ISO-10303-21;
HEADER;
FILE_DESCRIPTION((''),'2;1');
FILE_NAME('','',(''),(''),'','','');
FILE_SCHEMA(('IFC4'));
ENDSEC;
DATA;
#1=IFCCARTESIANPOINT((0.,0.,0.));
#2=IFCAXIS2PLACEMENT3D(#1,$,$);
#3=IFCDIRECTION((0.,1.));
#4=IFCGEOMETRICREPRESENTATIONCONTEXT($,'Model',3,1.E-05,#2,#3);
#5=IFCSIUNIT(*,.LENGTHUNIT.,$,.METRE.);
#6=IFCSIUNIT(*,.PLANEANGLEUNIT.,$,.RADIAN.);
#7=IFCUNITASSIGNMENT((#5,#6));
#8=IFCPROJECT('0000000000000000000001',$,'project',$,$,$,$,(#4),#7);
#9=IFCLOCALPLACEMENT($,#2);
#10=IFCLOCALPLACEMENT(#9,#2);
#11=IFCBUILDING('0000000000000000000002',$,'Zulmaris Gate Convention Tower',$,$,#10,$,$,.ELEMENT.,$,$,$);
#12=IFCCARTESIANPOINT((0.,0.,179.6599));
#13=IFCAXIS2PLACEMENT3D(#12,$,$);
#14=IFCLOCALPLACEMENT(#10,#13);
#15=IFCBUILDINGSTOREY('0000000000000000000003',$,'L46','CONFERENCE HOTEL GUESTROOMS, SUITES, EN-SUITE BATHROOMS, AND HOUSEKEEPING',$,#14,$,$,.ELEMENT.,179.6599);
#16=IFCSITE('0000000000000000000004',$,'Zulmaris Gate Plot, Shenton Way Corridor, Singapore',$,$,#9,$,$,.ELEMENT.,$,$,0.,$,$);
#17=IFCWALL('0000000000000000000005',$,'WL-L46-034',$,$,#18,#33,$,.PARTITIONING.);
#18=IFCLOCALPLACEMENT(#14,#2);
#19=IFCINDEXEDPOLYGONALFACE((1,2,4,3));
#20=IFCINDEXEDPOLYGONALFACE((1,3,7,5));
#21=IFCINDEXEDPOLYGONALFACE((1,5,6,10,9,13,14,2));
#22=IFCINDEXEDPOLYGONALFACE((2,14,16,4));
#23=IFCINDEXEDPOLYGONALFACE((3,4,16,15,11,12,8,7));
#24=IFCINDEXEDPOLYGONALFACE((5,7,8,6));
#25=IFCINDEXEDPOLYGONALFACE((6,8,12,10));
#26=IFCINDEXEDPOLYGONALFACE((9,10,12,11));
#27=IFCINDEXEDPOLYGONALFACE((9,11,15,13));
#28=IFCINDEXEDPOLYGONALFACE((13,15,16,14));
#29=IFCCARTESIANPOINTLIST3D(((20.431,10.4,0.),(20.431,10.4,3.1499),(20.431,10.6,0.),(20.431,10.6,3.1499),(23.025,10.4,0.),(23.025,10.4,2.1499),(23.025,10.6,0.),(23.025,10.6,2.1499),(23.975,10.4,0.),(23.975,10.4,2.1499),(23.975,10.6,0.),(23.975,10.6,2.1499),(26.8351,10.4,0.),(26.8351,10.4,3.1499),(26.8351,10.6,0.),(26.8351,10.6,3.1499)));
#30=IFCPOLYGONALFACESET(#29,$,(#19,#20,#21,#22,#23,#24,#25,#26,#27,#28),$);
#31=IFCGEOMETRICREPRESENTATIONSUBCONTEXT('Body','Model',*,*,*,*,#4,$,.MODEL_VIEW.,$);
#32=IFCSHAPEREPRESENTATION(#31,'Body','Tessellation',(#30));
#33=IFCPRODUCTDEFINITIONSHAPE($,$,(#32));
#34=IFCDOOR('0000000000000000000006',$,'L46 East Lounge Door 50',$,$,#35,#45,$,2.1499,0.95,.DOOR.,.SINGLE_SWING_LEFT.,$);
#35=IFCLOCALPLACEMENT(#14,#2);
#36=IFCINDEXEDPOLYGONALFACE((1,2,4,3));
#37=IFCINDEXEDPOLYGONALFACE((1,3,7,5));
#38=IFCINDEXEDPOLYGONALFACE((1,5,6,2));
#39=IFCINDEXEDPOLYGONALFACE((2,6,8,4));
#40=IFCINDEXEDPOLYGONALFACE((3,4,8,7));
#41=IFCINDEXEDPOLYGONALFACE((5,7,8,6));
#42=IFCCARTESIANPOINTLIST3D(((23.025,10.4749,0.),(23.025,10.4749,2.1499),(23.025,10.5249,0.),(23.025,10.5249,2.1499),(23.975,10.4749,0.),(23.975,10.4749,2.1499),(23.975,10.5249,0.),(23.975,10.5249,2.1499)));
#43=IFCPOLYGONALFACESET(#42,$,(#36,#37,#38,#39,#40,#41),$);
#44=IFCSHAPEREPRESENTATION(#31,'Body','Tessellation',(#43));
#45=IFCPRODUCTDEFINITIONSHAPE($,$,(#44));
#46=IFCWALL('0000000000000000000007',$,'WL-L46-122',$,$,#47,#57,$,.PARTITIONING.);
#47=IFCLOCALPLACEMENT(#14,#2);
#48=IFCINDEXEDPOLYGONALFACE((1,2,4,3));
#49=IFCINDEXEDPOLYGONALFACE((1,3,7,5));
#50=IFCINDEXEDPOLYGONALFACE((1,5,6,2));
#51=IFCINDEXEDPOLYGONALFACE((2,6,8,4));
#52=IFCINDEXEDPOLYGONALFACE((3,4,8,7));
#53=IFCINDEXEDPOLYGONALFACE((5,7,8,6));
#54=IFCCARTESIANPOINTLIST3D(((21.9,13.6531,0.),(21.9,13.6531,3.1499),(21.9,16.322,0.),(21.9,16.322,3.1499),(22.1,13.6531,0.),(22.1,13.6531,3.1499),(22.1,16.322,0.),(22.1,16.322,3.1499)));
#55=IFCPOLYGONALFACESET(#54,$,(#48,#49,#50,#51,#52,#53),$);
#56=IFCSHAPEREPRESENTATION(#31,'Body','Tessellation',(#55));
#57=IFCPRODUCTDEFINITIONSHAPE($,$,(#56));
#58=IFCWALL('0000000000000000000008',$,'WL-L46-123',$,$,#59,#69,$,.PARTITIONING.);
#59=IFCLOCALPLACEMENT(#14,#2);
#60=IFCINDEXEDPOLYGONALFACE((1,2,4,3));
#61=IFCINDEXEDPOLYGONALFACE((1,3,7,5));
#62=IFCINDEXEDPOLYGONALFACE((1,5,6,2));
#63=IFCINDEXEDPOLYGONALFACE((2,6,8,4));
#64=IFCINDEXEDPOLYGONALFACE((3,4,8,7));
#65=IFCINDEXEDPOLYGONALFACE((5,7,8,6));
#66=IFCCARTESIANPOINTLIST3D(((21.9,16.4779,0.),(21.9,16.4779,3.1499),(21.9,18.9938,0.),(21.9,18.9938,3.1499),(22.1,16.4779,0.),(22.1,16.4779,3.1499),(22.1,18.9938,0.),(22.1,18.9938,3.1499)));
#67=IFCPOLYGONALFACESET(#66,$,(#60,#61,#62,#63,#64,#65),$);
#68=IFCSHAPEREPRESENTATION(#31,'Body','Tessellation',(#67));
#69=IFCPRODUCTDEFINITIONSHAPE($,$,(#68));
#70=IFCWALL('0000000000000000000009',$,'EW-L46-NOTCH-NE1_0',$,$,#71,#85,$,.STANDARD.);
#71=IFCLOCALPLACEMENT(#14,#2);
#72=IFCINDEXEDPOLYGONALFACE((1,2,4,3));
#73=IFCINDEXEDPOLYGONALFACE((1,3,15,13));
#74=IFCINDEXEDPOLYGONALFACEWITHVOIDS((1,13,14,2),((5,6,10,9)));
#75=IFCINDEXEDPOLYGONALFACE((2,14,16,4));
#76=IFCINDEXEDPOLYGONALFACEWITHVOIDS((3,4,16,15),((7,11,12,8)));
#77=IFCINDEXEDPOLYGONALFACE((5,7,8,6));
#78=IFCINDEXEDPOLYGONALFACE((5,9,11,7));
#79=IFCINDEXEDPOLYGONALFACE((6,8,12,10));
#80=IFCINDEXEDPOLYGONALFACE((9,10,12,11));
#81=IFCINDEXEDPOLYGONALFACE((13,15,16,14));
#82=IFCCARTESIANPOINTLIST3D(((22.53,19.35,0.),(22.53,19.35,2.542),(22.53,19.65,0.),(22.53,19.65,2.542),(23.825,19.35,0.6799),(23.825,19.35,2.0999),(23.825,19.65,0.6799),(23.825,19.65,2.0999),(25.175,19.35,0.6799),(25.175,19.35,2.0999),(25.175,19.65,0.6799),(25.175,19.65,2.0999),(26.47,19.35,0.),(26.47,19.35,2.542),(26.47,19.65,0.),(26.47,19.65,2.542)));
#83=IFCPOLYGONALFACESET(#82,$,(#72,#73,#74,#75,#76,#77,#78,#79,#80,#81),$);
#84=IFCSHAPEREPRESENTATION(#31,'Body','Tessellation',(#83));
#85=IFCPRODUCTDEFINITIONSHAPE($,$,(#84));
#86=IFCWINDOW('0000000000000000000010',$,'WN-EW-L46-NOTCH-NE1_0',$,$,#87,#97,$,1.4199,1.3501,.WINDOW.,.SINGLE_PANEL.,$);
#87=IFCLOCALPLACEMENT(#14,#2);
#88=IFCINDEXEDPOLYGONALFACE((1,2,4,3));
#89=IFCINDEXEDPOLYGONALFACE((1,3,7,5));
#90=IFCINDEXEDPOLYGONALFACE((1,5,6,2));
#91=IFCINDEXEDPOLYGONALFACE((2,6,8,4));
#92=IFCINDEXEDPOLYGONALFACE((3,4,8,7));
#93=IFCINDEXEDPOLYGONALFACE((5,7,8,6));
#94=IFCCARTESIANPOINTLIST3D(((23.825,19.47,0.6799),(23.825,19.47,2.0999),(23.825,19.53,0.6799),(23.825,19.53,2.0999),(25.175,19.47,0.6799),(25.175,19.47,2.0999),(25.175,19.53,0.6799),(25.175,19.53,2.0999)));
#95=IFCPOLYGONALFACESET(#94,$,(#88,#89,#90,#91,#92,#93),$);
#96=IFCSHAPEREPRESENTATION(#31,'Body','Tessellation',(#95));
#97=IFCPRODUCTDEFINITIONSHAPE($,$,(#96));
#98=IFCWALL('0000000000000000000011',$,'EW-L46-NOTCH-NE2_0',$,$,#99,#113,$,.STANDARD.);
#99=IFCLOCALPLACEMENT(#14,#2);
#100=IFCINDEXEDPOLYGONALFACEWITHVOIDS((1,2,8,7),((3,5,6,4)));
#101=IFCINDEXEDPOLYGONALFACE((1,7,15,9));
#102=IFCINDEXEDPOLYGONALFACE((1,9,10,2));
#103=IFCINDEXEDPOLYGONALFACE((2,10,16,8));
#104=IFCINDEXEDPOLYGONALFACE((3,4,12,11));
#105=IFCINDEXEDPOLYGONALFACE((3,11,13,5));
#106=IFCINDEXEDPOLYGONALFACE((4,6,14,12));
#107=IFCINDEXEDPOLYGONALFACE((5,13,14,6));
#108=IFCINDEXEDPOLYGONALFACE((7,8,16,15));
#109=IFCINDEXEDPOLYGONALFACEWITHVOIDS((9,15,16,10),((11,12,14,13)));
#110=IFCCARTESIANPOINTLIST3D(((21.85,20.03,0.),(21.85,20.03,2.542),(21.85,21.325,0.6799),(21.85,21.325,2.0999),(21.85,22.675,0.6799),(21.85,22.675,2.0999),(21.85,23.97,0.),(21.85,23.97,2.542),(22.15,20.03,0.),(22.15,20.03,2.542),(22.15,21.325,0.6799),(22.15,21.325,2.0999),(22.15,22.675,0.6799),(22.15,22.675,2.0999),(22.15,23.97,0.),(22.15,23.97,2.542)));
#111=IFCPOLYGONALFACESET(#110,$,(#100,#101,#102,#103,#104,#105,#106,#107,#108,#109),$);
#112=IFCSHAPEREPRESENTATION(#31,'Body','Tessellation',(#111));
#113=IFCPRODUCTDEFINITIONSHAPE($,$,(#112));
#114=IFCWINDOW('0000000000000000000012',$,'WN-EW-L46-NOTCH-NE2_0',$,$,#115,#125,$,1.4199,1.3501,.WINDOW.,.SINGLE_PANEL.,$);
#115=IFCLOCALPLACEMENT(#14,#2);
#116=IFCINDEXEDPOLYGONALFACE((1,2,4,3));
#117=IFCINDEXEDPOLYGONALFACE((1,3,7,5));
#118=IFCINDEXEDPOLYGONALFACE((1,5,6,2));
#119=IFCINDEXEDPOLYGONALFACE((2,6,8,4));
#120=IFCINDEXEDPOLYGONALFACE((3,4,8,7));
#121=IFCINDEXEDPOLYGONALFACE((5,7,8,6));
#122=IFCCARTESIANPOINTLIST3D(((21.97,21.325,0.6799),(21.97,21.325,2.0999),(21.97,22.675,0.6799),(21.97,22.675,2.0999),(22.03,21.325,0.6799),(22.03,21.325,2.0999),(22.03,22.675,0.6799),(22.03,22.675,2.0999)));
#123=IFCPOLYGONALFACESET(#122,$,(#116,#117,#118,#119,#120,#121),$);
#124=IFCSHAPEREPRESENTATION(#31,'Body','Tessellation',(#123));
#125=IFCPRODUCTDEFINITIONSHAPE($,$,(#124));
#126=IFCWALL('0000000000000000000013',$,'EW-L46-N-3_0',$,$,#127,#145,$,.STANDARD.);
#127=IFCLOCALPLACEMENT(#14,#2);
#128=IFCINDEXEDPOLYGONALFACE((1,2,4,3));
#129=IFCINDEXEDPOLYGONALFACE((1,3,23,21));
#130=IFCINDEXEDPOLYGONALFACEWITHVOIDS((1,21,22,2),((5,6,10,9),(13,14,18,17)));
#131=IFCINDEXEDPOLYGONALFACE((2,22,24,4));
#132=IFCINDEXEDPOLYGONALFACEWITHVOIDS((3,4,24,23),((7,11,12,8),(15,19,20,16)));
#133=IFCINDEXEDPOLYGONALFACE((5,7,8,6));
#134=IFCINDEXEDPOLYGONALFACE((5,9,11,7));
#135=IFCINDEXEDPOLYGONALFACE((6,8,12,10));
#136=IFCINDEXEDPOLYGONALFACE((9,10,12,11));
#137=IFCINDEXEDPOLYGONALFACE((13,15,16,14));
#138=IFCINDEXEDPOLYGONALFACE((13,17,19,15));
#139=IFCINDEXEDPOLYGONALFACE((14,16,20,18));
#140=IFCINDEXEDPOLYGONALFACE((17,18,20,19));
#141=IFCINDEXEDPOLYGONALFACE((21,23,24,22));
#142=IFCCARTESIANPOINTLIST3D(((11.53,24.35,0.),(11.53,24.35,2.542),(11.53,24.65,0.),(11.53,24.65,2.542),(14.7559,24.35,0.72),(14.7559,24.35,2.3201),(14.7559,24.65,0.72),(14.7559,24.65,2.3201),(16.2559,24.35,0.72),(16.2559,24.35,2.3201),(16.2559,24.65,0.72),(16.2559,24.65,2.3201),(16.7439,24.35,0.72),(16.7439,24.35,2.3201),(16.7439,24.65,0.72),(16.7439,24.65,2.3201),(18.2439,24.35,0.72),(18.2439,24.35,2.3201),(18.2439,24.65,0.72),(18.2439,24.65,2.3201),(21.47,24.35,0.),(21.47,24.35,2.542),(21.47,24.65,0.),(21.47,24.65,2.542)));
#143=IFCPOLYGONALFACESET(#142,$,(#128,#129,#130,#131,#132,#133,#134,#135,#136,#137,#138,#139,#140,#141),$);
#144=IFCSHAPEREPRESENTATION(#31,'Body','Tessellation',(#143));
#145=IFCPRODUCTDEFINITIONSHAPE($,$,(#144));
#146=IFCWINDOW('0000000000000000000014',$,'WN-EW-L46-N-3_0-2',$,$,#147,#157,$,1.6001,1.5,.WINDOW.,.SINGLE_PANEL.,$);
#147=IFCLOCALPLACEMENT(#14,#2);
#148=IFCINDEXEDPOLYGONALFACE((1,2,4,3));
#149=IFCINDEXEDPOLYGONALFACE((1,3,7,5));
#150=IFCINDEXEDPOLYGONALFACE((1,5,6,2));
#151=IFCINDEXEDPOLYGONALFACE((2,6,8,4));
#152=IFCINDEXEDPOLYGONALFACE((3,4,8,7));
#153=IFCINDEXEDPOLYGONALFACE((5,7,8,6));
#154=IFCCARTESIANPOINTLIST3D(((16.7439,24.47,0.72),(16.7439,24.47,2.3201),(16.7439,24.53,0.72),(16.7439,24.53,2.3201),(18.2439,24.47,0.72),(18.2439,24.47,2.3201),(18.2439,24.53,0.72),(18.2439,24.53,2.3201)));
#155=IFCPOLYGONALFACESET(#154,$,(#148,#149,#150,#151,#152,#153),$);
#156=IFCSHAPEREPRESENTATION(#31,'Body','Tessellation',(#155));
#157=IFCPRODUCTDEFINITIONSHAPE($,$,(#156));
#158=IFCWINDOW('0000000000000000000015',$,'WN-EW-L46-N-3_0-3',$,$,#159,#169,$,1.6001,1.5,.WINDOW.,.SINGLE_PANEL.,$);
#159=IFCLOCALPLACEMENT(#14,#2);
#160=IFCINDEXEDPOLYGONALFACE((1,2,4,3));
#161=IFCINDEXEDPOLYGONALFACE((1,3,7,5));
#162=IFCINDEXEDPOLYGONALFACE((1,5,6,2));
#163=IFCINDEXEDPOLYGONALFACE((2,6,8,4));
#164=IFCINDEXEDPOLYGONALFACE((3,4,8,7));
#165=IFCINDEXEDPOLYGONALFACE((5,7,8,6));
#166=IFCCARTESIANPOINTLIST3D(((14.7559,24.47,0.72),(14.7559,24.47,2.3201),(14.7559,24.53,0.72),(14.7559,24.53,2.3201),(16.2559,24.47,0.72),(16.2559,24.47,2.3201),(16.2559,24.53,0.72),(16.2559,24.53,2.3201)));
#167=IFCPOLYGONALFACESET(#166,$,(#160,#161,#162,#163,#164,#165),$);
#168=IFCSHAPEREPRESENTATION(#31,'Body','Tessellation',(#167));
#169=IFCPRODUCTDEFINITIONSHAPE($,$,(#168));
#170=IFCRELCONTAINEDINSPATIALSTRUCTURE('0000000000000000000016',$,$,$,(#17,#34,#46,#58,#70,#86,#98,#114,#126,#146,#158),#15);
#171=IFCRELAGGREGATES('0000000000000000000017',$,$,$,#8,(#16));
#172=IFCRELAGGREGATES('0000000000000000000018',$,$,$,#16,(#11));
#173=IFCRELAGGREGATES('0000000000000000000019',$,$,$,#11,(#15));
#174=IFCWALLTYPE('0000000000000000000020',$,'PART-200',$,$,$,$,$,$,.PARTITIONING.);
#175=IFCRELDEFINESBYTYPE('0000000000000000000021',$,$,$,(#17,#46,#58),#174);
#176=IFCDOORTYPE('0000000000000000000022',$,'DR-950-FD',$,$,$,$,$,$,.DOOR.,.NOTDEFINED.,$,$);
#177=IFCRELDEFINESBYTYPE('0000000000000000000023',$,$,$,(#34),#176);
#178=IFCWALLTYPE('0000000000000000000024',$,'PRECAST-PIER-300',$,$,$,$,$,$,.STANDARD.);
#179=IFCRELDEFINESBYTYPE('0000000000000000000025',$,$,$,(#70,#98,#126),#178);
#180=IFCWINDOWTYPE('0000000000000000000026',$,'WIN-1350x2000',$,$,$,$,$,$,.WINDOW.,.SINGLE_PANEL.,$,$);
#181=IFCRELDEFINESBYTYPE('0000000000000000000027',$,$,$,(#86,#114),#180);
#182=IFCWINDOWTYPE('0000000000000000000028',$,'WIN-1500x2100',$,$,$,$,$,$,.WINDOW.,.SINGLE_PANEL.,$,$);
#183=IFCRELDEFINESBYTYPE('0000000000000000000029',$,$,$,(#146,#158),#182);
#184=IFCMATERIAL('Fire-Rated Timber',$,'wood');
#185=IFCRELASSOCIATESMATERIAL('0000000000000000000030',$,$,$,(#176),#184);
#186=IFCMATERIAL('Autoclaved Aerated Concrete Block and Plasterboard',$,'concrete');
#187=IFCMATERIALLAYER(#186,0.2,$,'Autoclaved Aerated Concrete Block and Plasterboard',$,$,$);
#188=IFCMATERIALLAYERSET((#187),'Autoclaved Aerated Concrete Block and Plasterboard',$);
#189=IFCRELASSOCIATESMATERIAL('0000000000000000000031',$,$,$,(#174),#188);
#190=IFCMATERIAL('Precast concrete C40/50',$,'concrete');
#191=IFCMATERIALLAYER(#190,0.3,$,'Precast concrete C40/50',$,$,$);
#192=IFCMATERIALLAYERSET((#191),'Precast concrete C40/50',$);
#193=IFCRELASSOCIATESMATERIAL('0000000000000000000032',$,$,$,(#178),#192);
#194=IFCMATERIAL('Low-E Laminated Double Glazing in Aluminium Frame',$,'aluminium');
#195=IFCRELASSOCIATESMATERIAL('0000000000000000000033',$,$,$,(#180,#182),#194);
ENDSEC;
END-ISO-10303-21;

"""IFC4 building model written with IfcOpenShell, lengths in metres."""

from ifc_helpers import new_model, si_unit, direction, frame, frame_2d, origin, place, context, subcontext, project, spatial, rectangle, extrude, material, layer, layer_set, type_object, element, fill, save


model = new_model("IFC4")

# Units and contexts
model_context = context("Model", 3, precision=1e-05, world=origin(), true_north=direction((0.0, 1.0)))
body_context = subcontext(model_context, "Body", "Model", "MODEL_VIEW")
ifc_project = project(units=[si_unit("LENGTHUNIT", "METRE"), si_unit("PLANEANGLEUNIT", "RADIAN")], contexts=[model_context])

# Site, building, storey
site_placement = place(None, origin())
site = spatial("IfcSite", under=ifc_project, at=site_placement, Name="Zulmaris Gate Plot, Shenton Way Corridor, Singapore", CompositionType="ELEMENT", RefElevation=0.0)
building_placement = place(site_placement, origin())
building = spatial("IfcBuilding", under=site, at=building_placement, Name="Zulmaris Gate Convention Tower", CompositionType="ELEMENT")
storey_placement = place(building_placement, frame((0.0, 0.0, 179.6599)))
storey = spatial("IfcBuildingStorey", under=building, at=storey_placement, Name="L46", Description="CONFERENCE HOTEL GUESTROOMS, SUITES, EN-SUITE BATHROOMS, AND HOUSEKEEPING", CompositionType="ELEMENT", Elevation=179.6599)

# Wall, opening, door
ifc_material_1 = material(Name="Fire-Rated Timber", Category="wood")
door_type_1 = type_object("IfcDoorType", Name="DR-950-FD", OperationType="NOTDEFINED", PredefinedType="DOOR", material=ifc_material_1)
ifc_material_2 = material(Name="Autoclaved Aerated Concrete Block and Plasterboard", Category="concrete")
ifc_layer_1 = layer(ifc_material_2, 0.2, Name="Autoclaved Aerated Concrete Block and Plasterboard")
ifc_layer_set_1 = layer_set([ifc_layer_1], Name="Autoclaved Aerated Concrete Block and Plasterboard")
wall_type_1 = type_object("IfcWallType", Name="PART-200", PredefinedType="PARTITIONING", material=ifc_layer_set_1)
wall_1_placement = place(storey_placement, frame((20.4309, 10.5, 0.0), z_axis=(0.0, 0.0, 1.0), x_axis=(1.0, 0.0, 0.0)))
wall_1 = element("IfcWall", 1, at=wall_1_placement, inside=storey, type_object=wall_type_1, Name="WL-L46-034", PredefinedType="PARTITIONING", context=body_context, shape_type="SweptSolid", body=[
    extrude(rectangle(XDim=6.4041, YDim=0.2, at=frame_2d((3.2021, 0.0))), origin(), (0.0, 0.0, 1.0), 3.1499),
])
opening_1_placement = place(wall_1_placement, frame((2.594, 0.0, 0.0)))
opening_1 = element("IfcOpeningElement", 2, at=opening_1_placement, cuts=wall_1, PredefinedType="OPENING", context=body_context, shape_type="SweptSolid", body=[
    extrude(rectangle(XDim=0.95, YDim=2.1499, at=frame_2d((0.4751, 1.075))), frame((0.0, 0.1099, 0.0), z_axis=(0.0, -1.0, 0.0), x_axis=(1.0, 0.0, 0.0)), (0.0, 0.0, 1.0), 0.22),
])
door_1_placement = place(opening_1_placement, origin())
door_1 = element("IfcDoor", 3, at=door_1_placement, inside=storey, type_object=door_type_1, Name="L46 East Lounge Door 50", OperationType="SINGLE_SWING_LEFT", OverallHeight=2.1499, OverallWidth=0.95, PredefinedType="DOOR", context=body_context, shape_type="SweptSolid", body=[
    extrude(rectangle(XDim=0.95, YDim=2.1499, at=frame_2d((0.4751, 1.075))), frame((0.0, 0.0249, 0.0), z_axis=(0.0, -1.0, 0.0), x_axis=(1.0, 0.0, 0.0)), (0.0, 0.0, 1.0), 0.05),
])
fill(opening_1, door_1)

# Walls
wall_2_placement = place(storey_placement, frame((22.0, 13.6531, 0.0), z_axis=(0.0, 0.0, 1.0), x_axis=(0.0, 1.0, 0.0)))
element("IfcWall", 4, at=wall_2_placement, inside=storey, type_object=wall_type_1, Name="WL-L46-122", PredefinedType="PARTITIONING", context=body_context, shape_type="SweptSolid", body=[
    extrude(rectangle(XDim=2.6689, YDim=0.2, at=frame_2d((1.3345, 0.0))), origin(), (0.0, 0.0, 1.0), 3.1499),
])
wall_3_placement = place(storey_placement, frame((22.0, 16.478, 0.0), z_axis=(0.0, 0.0, 1.0), x_axis=(0.0, 1.0, 0.0)))
element("IfcWall", 5, at=wall_3_placement, inside=storey, type_object=wall_type_1, Name="WL-L46-123", PredefinedType="PARTITIONING", context=body_context, shape_type="SweptSolid", body=[
    extrude(rectangle(XDim=2.5159, YDim=0.2, at=frame_2d((1.2578, 0.0))), origin(), (0.0, 0.0, 1.0), 3.1499),
])

# Walls, openings, windows
ifc_material_3 = material(Name="Precast concrete C40/50", Category="concrete")
ifc_layer_2 = layer(ifc_material_3, 0.3, Name="Precast concrete C40/50")
ifc_layer_set_2 = layer_set([ifc_layer_2], Name="Precast concrete C40/50")
wall_type_2 = type_object("IfcWallType", Name="PRECAST-PIER-300", PredefinedType="STANDARD", material=ifc_layer_set_2)
wall_4_placement = place(storey_placement, frame((26.47, 19.5, 0.0), z_axis=(0.0, 0.0, 1.0), x_axis=(-1.0, 0.0, 0.0)))
wall_4 = element("IfcWall", 6, at=wall_4_placement, inside=storey, type_object=wall_type_2, Name="EW-L46-NOTCH-NE1_0", PredefinedType="STANDARD", context=body_context, shape_type="SweptSolid", body=[
    extrude(rectangle(XDim=3.9399, YDim=0.3, at=frame_2d((1.97, 0.0))), origin(), (0.0, 0.0, 1.0), 2.542),
])
opening_2_placement = place(wall_4_placement, frame((1.2949, 0.0, 0.6799)))
opening_2 = element("IfcOpeningElement", 7, at=opening_2_placement, cuts=wall_4, PredefinedType="OPENING", context=body_context, shape_type="SweptSolid", body=[
    extrude(rectangle(XDim=1.3501, YDim=1.4199, at=frame_2d((0.675, 0.71))), frame((0.0, 0.1602, 0.0), z_axis=(0.0, -1.0, 0.0), x_axis=(1.0, 0.0, 0.0)), (0.0, 0.0, 1.0), 0.3201),
])
ifc_material_4 = material(Name="Low-E Laminated Double Glazing in Aluminium Frame", Category="aluminium")
window_type_1 = type_object("IfcWindowType", Name="WIN-1350x2000", PartitioningType="SINGLE_PANEL", PredefinedType="WINDOW", material=ifc_material_4)
window_1_placement = place(opening_2_placement, origin())
window_1 = element("IfcWindow", 8, at=window_1_placement, inside=storey, type_object=window_type_1, Name="WN-EW-L46-NOTCH-NE1_0", OverallHeight=1.4199, OverallWidth=1.3501, PartitioningType="SINGLE_PANEL", PredefinedType="WINDOW", context=body_context, shape_type="SweptSolid", body=[
    extrude(rectangle(XDim=1.3501, YDim=1.4199, at=frame_2d((0.675, 0.71))), frame((0.0, 0.03, 0.0), z_axis=(0.0, -1.0, 0.0), x_axis=(1.0, 0.0, 0.0)), (0.0, 0.0, 1.0), 0.0601),
])
fill(opening_2, window_1)
wall_5_placement = place(storey_placement, frame((22.0, 20.03, 0.0), z_axis=(0.0, 0.0, 1.0), x_axis=(0.0, 1.0, 0.0)))
wall_5 = element("IfcWall", 9, at=wall_5_placement, inside=storey, type_object=wall_type_2, Name="EW-L46-NOTCH-NE2_0", PredefinedType="STANDARD", context=body_context, shape_type="SweptSolid", body=[
    extrude(rectangle(XDim=3.9399, YDim=0.3, at=frame_2d((1.97, 0.0))), origin(), (0.0, 0.0, 1.0), 2.542),
])
opening_3_placement = place(wall_5_placement, frame((1.2949, 0.0, 0.6799)))
opening_3 = element("IfcOpeningElement", 10, at=opening_3_placement, cuts=wall_5, PredefinedType="OPENING", context=body_context, shape_type="SweptSolid", body=[
    extrude(rectangle(XDim=1.3501, YDim=1.4199, at=frame_2d((0.675, 0.71))), frame((0.0, 0.1602, 0.0), z_axis=(0.0, -1.0, 0.0), x_axis=(1.0, 0.0, 0.0)), (0.0, 0.0, 1.0), 0.3201),
])
window_2_placement = place(opening_3_placement, origin())
window_2 = element("IfcWindow", 11, at=window_2_placement, inside=storey, type_object=window_type_1, Name="WN-EW-L46-NOTCH-NE2_0", OverallHeight=1.4199, OverallWidth=1.3501, PartitioningType="SINGLE_PANEL", PredefinedType="WINDOW", context=body_context, shape_type="SweptSolid", body=[
    extrude(rectangle(XDim=1.3501, YDim=1.4199, at=frame_2d((0.675, 0.71))), frame((0.0, 0.03, 0.0), z_axis=(0.0, -1.0, 0.0), x_axis=(1.0, 0.0, 0.0)), (0.0, 0.0, 1.0), 0.0601),
])
fill(opening_3, window_2)

# Wall, openings, windows
wall_6_placement = place(storey_placement, frame((21.47, 24.5, 0.0), z_axis=(0.0, 0.0, 1.0), x_axis=(-1.0, 0.0, 0.0)))
wall_6 = element("IfcWall", 12, at=wall_6_placement, inside=storey, type_object=wall_type_2, Name="EW-L46-N-3_0", PredefinedType="STANDARD", context=body_context, shape_type="SweptSolid", body=[
    extrude(rectangle(XDim=9.9399, YDim=0.3, at=frame_2d((4.97, 0.0))), origin(), (0.0, 0.0, 1.0), 2.542),
])
opening_4_placement = place(wall_6_placement, frame((3.2261, 0.0, 0.72)))
opening_4 = element("IfcOpeningElement", 13, at=opening_4_placement, cuts=wall_6, PredefinedType="OPENING", context=body_context, shape_type="SweptSolid", body=[
    extrude(rectangle(XDim=1.5, YDim=1.6001, at=frame_2d((0.75, 0.8))), frame((0.0, 0.1602, 0.0), z_axis=(0.0, -1.0, 0.0), x_axis=(1.0, 0.0, 0.0)), (0.0, 0.0, 1.0), 0.3201),
])
opening_5_placement = place(wall_6_placement, frame((5.2141, 0.0, 0.72)))
opening_5 = element("IfcOpeningElement", 14, at=opening_5_placement, cuts=wall_6, PredefinedType="OPENING", context=body_context, shape_type="SweptSolid", body=[
    extrude(rectangle(XDim=1.5, YDim=1.6001, at=frame_2d((0.75, 0.8))), frame((0.0, 0.1602, 0.0), z_axis=(0.0, -1.0, 0.0), x_axis=(1.0, 0.0, 0.0)), (0.0, 0.0, 1.0), 0.3201),
])
window_type_2 = type_object("IfcWindowType", Name="WIN-1500x2100", PartitioningType="SINGLE_PANEL", PredefinedType="WINDOW", material=ifc_material_4)
window_3_placement = place(opening_4_placement, origin())
window_3 = element("IfcWindow", 15, at=window_3_placement, inside=storey, type_object=window_type_2, Name="WN-EW-L46-N-3_0-2", OverallHeight=1.6001, OverallWidth=1.5, PartitioningType="SINGLE_PANEL", PredefinedType="WINDOW", context=body_context, shape_type="SweptSolid", body=[
    extrude(rectangle(XDim=1.5, YDim=1.6001, at=frame_2d((0.75, 0.8))), frame((0.0, 0.03, 0.0), z_axis=(0.0, -1.0, 0.0), x_axis=(1.0, 0.0, 0.0)), (0.0, 0.0, 1.0), 0.0601),
])
fill(opening_4, window_3)
window_4_placement = place(opening_5_placement, origin())
window_4 = element("IfcWindow", 16, at=window_4_placement, inside=storey, type_object=window_type_2, Name="WN-EW-L46-N-3_0-3", OverallHeight=1.6001, OverallWidth=1.5, PartitioningType="SINGLE_PANEL", PredefinedType="WINDOW", context=body_context, shape_type="SweptSolid", body=[
    extrude(rectangle(XDim=1.5, YDim=1.6001, at=frame_2d((0.75, 0.8))), frame((0.0, 0.03, 0.0), z_axis=(0.0, -1.0, 0.0), x_axis=(1.0, 0.0, 0.0)), (0.0, 0.0, 1.0), 0.0601),
])
fill(opening_5, window_4)

save(model, "model.ifc")
